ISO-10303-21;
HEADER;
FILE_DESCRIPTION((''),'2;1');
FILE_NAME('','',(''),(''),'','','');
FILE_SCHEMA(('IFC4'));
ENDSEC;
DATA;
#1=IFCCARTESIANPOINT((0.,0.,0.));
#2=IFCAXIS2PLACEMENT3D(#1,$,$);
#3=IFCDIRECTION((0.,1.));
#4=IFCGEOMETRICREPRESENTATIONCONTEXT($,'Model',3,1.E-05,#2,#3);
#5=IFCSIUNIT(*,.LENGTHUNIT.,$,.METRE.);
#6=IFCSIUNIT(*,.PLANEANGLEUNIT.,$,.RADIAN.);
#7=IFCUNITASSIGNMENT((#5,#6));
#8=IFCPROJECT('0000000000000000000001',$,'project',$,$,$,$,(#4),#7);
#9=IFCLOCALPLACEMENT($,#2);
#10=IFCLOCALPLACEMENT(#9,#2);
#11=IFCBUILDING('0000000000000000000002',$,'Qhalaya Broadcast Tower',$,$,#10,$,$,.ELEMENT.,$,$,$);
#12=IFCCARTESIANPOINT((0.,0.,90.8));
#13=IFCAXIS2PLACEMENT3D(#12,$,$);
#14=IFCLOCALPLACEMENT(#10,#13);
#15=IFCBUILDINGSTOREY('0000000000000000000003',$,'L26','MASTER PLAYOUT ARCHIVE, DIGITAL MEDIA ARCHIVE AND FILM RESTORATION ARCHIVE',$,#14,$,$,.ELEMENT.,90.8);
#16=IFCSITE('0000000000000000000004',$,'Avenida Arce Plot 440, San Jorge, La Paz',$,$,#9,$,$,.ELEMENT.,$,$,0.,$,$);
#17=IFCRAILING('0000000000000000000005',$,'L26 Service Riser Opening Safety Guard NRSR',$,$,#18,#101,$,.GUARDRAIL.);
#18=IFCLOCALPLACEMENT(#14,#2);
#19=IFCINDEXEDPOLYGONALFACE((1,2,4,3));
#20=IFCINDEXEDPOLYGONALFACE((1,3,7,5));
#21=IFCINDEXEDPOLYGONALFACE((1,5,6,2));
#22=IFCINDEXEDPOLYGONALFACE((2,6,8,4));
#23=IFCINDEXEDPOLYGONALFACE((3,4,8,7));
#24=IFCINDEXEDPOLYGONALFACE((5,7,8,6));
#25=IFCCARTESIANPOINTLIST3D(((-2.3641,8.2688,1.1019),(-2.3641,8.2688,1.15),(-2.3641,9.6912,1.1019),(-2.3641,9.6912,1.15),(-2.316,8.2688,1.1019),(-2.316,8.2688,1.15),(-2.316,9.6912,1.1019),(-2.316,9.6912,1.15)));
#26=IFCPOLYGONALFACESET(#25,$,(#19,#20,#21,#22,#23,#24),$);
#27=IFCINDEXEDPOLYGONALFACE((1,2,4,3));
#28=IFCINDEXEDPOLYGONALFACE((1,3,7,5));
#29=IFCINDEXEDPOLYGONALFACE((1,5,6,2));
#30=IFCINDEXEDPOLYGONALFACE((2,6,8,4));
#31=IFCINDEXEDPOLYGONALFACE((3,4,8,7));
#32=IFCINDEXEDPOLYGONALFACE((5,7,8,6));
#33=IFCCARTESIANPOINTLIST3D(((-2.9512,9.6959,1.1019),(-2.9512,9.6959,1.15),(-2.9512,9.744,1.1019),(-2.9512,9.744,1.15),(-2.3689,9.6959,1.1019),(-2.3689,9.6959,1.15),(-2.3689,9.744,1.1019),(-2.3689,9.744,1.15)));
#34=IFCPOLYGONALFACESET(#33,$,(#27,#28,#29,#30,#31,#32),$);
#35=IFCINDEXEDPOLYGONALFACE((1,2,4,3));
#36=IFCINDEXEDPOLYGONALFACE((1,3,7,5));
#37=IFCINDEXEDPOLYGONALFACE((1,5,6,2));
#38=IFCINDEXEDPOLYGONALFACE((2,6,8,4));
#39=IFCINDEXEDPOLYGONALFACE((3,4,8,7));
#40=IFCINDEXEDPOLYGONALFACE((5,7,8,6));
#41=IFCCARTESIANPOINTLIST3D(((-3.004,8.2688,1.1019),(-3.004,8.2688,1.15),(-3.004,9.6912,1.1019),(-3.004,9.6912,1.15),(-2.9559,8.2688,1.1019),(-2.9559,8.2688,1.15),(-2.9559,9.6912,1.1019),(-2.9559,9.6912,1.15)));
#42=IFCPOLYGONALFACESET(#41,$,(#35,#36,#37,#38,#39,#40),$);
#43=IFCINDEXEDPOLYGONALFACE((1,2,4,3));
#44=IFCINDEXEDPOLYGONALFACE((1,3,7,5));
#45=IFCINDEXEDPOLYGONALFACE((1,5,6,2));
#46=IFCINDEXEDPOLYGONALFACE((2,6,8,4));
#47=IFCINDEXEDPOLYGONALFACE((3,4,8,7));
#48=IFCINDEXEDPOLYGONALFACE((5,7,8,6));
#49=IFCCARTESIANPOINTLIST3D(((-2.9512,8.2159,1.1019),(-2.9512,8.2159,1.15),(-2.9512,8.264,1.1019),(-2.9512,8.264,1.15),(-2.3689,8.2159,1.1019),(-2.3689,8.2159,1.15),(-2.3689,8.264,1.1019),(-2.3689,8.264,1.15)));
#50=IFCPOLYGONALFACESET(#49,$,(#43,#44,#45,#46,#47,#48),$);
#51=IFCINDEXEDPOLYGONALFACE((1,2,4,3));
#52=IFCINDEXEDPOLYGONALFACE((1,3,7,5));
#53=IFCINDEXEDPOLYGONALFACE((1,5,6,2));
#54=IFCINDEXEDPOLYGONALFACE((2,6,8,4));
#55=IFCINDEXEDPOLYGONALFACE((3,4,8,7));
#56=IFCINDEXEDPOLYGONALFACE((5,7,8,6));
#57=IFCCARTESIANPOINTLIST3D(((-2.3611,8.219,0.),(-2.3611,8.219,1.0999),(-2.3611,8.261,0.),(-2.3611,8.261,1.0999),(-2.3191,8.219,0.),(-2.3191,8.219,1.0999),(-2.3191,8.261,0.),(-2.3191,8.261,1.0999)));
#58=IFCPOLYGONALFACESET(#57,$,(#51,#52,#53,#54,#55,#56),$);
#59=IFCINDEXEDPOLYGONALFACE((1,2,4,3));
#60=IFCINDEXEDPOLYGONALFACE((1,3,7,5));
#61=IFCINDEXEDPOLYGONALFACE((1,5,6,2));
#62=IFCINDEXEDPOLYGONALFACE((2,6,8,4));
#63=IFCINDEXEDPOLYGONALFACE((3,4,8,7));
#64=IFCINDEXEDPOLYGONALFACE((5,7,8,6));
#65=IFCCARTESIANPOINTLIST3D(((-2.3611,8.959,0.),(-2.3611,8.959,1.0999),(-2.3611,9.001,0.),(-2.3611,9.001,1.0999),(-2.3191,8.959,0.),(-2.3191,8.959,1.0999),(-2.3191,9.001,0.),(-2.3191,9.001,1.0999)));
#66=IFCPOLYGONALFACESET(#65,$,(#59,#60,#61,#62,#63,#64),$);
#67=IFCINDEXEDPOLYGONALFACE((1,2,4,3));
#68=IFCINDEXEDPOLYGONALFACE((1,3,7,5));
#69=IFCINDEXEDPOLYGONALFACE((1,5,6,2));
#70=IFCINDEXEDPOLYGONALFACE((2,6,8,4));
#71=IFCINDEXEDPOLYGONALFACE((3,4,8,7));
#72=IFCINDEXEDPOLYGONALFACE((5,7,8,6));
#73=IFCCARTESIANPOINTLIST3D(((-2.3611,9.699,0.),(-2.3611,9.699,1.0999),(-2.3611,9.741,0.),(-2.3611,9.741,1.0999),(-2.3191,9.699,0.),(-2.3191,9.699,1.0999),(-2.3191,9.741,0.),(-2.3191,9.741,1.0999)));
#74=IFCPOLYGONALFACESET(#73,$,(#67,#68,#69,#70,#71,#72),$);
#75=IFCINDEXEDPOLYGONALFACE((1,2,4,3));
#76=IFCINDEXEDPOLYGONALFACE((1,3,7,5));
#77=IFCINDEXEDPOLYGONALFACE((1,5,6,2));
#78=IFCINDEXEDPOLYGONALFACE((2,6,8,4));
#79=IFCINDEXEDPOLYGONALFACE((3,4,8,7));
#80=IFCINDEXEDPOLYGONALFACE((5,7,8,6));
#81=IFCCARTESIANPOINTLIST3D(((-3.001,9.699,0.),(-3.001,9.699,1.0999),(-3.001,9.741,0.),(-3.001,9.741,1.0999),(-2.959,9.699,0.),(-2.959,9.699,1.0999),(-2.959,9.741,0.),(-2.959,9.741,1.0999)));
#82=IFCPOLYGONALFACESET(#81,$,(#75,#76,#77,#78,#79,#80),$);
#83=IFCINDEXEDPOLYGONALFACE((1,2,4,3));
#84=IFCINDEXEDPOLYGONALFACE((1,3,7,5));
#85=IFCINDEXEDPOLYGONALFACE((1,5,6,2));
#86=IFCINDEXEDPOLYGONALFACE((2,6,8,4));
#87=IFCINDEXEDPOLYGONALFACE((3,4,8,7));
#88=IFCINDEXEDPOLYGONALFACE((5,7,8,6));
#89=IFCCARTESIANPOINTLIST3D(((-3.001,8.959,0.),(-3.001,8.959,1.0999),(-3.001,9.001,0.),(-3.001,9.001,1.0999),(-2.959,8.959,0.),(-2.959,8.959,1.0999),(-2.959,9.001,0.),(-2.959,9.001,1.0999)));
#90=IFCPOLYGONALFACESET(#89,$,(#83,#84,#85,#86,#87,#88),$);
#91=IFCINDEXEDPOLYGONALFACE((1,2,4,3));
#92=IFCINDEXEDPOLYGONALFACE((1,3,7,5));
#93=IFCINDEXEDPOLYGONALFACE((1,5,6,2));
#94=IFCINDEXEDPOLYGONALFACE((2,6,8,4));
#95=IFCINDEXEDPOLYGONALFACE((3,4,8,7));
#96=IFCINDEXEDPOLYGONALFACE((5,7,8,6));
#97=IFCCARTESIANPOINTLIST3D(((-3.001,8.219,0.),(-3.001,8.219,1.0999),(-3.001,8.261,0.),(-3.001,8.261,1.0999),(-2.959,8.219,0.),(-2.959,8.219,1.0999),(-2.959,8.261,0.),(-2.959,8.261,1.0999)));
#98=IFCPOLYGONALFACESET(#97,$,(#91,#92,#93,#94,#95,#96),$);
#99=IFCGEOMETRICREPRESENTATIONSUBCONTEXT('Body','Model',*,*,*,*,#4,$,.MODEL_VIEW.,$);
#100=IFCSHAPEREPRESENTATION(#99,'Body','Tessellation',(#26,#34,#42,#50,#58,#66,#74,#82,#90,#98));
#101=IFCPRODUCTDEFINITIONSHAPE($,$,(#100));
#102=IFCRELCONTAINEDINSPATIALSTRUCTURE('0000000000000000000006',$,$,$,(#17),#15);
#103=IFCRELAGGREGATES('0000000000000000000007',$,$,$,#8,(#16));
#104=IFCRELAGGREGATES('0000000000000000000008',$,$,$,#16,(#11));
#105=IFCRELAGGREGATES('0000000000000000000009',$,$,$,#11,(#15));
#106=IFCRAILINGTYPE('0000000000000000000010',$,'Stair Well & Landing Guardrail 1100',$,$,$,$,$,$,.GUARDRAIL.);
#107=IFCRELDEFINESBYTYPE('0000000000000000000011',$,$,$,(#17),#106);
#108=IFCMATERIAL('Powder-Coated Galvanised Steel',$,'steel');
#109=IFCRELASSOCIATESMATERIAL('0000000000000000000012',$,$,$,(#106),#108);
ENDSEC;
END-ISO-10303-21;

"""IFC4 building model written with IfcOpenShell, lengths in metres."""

from ifc_helpers import new_model, si_unit, direction, frame, origin, origin_2d, place, context, subcontext, project, spatial, rectangle, extrude, material, type_object, element, save


model = new_model("IFC4")

# Units and contexts
model_context = context("Model", 3, precision=1e-05, world=origin(), true_north=direction((0.0, 1.0)))
body_context = subcontext(model_context, "Body", "Model", "MODEL_VIEW")
ifc_project = project(units=[si_unit("LENGTHUNIT", "METRE"), si_unit("PLANEANGLEUNIT", "RADIAN")], contexts=[model_context])

# Site, building, storey
site_placement = place(None, origin())
site = spatial("IfcSite", under=ifc_project, at=site_placement, Name="Avenida Arce Plot 440, San Jorge, La Paz", CompositionType="ELEMENT", RefElevation=0.0)
building_placement = place(site_placement, origin())
building = spatial("IfcBuilding", under=site, at=building_placement, Name="Qhalaya Broadcast Tower", CompositionType="ELEMENT")
storey_placement = place(building_placement, frame((0.0, 0.0, 90.8)))
storey = spatial("IfcBuildingStorey", under=building, at=storey_placement, Name="L26", Description="MASTER PLAYOUT ARCHIVE, DIGITAL MEDIA ARCHIVE AND FILM RESTORATION ARCHIVE", CompositionType="ELEMENT", Elevation=90.8)

# Railing
ifc_material_1 = material(Name="Powder-Coated Galvanised Steel", Category="steel")
railing_type = type_object("IfcRailingType", Name="Stair Well & Landing Guardrail 1100", PredefinedType="GUARDRAIL", material=ifc_material_1)
railing_placement = place(storey_placement, frame((-2.3401, 8.24, 0.0)))
element("IfcRailing", 1, at=railing_placement, inside=storey, type_object=railing_type, Name="L26 Service Riser Opening Safety Guard NRSR", PredefinedType="GUARDRAIL", context=body_context, shape_type="SweptSolid", body=[
    extrude(rectangle(XDim=0.0481, YDim=0.0481, at=origin_2d()), frame((0.0, 0.0288, 1.126), z_axis=(0.0, 1.0, 0.0), x_axis=(-1.0, 0.0, 0.0)), (0.0, 0.0, 1.0), 1.4224),
    extrude(rectangle(XDim=0.0481, YDim=0.0481, at=origin_2d()), frame((-0.0288, 1.48, 1.126), z_axis=(-1.0, 0.0, 0.0), x_axis=(0.0, -1.0, 0.0)), (0.0, 0.0, 1.0), 0.5823),
    extrude(rectangle(XDim=0.0481, YDim=0.0481, at=origin_2d()), frame((-0.6399, 1.4512, 1.126), z_axis=(0.0, -1.0, 0.0), x_axis=(1.0, 0.0, 0.0)), (0.0, 0.0, 1.0), 1.4224),
    extrude(rectangle(XDim=0.0481, YDim=0.0481, at=origin_2d()), frame((-0.6111, 0.0, 1.126), z_axis=(1.0, 0.0, 0.0), x_axis=(0.0, 1.0, 0.0)), (0.0, 0.0, 1.0), 0.5823),
    extrude(rectangle(XDim=0.042, YDim=0.042, at=origin_2d()), origin(), (0.0, 0.0, 1.0), 1.0999),
    extrude(rectangle(XDim=0.042, YDim=0.042, at=origin_2d()), frame((0.0, 0.74, 0.0)), (0.0, 0.0, 1.0), 1.0999),
    extrude(rectangle(XDim=0.042, YDim=0.042, at=origin_2d()), frame((0.0, 1.48, 0.0)), (0.0, 0.0, 1.0), 1.0999),
    extrude(rectangle(XDim=0.042, YDim=0.042, at=origin_2d()), frame((-0.6399, 1.48, 0.0)), (0.0, 0.0, 1.0), 1.0999),
    extrude(rectangle(XDim=0.042, YDim=0.042, at=origin_2d()), frame((-0.6399, 0.74, 0.0)), (0.0, 0.0, 1.0), 1.0999),
    extrude(rectangle(XDim=0.042, YDim=0.042, at=origin_2d()), frame((-0.6399, 0.0, 0.0)), (0.0, 0.0, 1.0), 1.0999),
])

save(model, "model.ifc")
